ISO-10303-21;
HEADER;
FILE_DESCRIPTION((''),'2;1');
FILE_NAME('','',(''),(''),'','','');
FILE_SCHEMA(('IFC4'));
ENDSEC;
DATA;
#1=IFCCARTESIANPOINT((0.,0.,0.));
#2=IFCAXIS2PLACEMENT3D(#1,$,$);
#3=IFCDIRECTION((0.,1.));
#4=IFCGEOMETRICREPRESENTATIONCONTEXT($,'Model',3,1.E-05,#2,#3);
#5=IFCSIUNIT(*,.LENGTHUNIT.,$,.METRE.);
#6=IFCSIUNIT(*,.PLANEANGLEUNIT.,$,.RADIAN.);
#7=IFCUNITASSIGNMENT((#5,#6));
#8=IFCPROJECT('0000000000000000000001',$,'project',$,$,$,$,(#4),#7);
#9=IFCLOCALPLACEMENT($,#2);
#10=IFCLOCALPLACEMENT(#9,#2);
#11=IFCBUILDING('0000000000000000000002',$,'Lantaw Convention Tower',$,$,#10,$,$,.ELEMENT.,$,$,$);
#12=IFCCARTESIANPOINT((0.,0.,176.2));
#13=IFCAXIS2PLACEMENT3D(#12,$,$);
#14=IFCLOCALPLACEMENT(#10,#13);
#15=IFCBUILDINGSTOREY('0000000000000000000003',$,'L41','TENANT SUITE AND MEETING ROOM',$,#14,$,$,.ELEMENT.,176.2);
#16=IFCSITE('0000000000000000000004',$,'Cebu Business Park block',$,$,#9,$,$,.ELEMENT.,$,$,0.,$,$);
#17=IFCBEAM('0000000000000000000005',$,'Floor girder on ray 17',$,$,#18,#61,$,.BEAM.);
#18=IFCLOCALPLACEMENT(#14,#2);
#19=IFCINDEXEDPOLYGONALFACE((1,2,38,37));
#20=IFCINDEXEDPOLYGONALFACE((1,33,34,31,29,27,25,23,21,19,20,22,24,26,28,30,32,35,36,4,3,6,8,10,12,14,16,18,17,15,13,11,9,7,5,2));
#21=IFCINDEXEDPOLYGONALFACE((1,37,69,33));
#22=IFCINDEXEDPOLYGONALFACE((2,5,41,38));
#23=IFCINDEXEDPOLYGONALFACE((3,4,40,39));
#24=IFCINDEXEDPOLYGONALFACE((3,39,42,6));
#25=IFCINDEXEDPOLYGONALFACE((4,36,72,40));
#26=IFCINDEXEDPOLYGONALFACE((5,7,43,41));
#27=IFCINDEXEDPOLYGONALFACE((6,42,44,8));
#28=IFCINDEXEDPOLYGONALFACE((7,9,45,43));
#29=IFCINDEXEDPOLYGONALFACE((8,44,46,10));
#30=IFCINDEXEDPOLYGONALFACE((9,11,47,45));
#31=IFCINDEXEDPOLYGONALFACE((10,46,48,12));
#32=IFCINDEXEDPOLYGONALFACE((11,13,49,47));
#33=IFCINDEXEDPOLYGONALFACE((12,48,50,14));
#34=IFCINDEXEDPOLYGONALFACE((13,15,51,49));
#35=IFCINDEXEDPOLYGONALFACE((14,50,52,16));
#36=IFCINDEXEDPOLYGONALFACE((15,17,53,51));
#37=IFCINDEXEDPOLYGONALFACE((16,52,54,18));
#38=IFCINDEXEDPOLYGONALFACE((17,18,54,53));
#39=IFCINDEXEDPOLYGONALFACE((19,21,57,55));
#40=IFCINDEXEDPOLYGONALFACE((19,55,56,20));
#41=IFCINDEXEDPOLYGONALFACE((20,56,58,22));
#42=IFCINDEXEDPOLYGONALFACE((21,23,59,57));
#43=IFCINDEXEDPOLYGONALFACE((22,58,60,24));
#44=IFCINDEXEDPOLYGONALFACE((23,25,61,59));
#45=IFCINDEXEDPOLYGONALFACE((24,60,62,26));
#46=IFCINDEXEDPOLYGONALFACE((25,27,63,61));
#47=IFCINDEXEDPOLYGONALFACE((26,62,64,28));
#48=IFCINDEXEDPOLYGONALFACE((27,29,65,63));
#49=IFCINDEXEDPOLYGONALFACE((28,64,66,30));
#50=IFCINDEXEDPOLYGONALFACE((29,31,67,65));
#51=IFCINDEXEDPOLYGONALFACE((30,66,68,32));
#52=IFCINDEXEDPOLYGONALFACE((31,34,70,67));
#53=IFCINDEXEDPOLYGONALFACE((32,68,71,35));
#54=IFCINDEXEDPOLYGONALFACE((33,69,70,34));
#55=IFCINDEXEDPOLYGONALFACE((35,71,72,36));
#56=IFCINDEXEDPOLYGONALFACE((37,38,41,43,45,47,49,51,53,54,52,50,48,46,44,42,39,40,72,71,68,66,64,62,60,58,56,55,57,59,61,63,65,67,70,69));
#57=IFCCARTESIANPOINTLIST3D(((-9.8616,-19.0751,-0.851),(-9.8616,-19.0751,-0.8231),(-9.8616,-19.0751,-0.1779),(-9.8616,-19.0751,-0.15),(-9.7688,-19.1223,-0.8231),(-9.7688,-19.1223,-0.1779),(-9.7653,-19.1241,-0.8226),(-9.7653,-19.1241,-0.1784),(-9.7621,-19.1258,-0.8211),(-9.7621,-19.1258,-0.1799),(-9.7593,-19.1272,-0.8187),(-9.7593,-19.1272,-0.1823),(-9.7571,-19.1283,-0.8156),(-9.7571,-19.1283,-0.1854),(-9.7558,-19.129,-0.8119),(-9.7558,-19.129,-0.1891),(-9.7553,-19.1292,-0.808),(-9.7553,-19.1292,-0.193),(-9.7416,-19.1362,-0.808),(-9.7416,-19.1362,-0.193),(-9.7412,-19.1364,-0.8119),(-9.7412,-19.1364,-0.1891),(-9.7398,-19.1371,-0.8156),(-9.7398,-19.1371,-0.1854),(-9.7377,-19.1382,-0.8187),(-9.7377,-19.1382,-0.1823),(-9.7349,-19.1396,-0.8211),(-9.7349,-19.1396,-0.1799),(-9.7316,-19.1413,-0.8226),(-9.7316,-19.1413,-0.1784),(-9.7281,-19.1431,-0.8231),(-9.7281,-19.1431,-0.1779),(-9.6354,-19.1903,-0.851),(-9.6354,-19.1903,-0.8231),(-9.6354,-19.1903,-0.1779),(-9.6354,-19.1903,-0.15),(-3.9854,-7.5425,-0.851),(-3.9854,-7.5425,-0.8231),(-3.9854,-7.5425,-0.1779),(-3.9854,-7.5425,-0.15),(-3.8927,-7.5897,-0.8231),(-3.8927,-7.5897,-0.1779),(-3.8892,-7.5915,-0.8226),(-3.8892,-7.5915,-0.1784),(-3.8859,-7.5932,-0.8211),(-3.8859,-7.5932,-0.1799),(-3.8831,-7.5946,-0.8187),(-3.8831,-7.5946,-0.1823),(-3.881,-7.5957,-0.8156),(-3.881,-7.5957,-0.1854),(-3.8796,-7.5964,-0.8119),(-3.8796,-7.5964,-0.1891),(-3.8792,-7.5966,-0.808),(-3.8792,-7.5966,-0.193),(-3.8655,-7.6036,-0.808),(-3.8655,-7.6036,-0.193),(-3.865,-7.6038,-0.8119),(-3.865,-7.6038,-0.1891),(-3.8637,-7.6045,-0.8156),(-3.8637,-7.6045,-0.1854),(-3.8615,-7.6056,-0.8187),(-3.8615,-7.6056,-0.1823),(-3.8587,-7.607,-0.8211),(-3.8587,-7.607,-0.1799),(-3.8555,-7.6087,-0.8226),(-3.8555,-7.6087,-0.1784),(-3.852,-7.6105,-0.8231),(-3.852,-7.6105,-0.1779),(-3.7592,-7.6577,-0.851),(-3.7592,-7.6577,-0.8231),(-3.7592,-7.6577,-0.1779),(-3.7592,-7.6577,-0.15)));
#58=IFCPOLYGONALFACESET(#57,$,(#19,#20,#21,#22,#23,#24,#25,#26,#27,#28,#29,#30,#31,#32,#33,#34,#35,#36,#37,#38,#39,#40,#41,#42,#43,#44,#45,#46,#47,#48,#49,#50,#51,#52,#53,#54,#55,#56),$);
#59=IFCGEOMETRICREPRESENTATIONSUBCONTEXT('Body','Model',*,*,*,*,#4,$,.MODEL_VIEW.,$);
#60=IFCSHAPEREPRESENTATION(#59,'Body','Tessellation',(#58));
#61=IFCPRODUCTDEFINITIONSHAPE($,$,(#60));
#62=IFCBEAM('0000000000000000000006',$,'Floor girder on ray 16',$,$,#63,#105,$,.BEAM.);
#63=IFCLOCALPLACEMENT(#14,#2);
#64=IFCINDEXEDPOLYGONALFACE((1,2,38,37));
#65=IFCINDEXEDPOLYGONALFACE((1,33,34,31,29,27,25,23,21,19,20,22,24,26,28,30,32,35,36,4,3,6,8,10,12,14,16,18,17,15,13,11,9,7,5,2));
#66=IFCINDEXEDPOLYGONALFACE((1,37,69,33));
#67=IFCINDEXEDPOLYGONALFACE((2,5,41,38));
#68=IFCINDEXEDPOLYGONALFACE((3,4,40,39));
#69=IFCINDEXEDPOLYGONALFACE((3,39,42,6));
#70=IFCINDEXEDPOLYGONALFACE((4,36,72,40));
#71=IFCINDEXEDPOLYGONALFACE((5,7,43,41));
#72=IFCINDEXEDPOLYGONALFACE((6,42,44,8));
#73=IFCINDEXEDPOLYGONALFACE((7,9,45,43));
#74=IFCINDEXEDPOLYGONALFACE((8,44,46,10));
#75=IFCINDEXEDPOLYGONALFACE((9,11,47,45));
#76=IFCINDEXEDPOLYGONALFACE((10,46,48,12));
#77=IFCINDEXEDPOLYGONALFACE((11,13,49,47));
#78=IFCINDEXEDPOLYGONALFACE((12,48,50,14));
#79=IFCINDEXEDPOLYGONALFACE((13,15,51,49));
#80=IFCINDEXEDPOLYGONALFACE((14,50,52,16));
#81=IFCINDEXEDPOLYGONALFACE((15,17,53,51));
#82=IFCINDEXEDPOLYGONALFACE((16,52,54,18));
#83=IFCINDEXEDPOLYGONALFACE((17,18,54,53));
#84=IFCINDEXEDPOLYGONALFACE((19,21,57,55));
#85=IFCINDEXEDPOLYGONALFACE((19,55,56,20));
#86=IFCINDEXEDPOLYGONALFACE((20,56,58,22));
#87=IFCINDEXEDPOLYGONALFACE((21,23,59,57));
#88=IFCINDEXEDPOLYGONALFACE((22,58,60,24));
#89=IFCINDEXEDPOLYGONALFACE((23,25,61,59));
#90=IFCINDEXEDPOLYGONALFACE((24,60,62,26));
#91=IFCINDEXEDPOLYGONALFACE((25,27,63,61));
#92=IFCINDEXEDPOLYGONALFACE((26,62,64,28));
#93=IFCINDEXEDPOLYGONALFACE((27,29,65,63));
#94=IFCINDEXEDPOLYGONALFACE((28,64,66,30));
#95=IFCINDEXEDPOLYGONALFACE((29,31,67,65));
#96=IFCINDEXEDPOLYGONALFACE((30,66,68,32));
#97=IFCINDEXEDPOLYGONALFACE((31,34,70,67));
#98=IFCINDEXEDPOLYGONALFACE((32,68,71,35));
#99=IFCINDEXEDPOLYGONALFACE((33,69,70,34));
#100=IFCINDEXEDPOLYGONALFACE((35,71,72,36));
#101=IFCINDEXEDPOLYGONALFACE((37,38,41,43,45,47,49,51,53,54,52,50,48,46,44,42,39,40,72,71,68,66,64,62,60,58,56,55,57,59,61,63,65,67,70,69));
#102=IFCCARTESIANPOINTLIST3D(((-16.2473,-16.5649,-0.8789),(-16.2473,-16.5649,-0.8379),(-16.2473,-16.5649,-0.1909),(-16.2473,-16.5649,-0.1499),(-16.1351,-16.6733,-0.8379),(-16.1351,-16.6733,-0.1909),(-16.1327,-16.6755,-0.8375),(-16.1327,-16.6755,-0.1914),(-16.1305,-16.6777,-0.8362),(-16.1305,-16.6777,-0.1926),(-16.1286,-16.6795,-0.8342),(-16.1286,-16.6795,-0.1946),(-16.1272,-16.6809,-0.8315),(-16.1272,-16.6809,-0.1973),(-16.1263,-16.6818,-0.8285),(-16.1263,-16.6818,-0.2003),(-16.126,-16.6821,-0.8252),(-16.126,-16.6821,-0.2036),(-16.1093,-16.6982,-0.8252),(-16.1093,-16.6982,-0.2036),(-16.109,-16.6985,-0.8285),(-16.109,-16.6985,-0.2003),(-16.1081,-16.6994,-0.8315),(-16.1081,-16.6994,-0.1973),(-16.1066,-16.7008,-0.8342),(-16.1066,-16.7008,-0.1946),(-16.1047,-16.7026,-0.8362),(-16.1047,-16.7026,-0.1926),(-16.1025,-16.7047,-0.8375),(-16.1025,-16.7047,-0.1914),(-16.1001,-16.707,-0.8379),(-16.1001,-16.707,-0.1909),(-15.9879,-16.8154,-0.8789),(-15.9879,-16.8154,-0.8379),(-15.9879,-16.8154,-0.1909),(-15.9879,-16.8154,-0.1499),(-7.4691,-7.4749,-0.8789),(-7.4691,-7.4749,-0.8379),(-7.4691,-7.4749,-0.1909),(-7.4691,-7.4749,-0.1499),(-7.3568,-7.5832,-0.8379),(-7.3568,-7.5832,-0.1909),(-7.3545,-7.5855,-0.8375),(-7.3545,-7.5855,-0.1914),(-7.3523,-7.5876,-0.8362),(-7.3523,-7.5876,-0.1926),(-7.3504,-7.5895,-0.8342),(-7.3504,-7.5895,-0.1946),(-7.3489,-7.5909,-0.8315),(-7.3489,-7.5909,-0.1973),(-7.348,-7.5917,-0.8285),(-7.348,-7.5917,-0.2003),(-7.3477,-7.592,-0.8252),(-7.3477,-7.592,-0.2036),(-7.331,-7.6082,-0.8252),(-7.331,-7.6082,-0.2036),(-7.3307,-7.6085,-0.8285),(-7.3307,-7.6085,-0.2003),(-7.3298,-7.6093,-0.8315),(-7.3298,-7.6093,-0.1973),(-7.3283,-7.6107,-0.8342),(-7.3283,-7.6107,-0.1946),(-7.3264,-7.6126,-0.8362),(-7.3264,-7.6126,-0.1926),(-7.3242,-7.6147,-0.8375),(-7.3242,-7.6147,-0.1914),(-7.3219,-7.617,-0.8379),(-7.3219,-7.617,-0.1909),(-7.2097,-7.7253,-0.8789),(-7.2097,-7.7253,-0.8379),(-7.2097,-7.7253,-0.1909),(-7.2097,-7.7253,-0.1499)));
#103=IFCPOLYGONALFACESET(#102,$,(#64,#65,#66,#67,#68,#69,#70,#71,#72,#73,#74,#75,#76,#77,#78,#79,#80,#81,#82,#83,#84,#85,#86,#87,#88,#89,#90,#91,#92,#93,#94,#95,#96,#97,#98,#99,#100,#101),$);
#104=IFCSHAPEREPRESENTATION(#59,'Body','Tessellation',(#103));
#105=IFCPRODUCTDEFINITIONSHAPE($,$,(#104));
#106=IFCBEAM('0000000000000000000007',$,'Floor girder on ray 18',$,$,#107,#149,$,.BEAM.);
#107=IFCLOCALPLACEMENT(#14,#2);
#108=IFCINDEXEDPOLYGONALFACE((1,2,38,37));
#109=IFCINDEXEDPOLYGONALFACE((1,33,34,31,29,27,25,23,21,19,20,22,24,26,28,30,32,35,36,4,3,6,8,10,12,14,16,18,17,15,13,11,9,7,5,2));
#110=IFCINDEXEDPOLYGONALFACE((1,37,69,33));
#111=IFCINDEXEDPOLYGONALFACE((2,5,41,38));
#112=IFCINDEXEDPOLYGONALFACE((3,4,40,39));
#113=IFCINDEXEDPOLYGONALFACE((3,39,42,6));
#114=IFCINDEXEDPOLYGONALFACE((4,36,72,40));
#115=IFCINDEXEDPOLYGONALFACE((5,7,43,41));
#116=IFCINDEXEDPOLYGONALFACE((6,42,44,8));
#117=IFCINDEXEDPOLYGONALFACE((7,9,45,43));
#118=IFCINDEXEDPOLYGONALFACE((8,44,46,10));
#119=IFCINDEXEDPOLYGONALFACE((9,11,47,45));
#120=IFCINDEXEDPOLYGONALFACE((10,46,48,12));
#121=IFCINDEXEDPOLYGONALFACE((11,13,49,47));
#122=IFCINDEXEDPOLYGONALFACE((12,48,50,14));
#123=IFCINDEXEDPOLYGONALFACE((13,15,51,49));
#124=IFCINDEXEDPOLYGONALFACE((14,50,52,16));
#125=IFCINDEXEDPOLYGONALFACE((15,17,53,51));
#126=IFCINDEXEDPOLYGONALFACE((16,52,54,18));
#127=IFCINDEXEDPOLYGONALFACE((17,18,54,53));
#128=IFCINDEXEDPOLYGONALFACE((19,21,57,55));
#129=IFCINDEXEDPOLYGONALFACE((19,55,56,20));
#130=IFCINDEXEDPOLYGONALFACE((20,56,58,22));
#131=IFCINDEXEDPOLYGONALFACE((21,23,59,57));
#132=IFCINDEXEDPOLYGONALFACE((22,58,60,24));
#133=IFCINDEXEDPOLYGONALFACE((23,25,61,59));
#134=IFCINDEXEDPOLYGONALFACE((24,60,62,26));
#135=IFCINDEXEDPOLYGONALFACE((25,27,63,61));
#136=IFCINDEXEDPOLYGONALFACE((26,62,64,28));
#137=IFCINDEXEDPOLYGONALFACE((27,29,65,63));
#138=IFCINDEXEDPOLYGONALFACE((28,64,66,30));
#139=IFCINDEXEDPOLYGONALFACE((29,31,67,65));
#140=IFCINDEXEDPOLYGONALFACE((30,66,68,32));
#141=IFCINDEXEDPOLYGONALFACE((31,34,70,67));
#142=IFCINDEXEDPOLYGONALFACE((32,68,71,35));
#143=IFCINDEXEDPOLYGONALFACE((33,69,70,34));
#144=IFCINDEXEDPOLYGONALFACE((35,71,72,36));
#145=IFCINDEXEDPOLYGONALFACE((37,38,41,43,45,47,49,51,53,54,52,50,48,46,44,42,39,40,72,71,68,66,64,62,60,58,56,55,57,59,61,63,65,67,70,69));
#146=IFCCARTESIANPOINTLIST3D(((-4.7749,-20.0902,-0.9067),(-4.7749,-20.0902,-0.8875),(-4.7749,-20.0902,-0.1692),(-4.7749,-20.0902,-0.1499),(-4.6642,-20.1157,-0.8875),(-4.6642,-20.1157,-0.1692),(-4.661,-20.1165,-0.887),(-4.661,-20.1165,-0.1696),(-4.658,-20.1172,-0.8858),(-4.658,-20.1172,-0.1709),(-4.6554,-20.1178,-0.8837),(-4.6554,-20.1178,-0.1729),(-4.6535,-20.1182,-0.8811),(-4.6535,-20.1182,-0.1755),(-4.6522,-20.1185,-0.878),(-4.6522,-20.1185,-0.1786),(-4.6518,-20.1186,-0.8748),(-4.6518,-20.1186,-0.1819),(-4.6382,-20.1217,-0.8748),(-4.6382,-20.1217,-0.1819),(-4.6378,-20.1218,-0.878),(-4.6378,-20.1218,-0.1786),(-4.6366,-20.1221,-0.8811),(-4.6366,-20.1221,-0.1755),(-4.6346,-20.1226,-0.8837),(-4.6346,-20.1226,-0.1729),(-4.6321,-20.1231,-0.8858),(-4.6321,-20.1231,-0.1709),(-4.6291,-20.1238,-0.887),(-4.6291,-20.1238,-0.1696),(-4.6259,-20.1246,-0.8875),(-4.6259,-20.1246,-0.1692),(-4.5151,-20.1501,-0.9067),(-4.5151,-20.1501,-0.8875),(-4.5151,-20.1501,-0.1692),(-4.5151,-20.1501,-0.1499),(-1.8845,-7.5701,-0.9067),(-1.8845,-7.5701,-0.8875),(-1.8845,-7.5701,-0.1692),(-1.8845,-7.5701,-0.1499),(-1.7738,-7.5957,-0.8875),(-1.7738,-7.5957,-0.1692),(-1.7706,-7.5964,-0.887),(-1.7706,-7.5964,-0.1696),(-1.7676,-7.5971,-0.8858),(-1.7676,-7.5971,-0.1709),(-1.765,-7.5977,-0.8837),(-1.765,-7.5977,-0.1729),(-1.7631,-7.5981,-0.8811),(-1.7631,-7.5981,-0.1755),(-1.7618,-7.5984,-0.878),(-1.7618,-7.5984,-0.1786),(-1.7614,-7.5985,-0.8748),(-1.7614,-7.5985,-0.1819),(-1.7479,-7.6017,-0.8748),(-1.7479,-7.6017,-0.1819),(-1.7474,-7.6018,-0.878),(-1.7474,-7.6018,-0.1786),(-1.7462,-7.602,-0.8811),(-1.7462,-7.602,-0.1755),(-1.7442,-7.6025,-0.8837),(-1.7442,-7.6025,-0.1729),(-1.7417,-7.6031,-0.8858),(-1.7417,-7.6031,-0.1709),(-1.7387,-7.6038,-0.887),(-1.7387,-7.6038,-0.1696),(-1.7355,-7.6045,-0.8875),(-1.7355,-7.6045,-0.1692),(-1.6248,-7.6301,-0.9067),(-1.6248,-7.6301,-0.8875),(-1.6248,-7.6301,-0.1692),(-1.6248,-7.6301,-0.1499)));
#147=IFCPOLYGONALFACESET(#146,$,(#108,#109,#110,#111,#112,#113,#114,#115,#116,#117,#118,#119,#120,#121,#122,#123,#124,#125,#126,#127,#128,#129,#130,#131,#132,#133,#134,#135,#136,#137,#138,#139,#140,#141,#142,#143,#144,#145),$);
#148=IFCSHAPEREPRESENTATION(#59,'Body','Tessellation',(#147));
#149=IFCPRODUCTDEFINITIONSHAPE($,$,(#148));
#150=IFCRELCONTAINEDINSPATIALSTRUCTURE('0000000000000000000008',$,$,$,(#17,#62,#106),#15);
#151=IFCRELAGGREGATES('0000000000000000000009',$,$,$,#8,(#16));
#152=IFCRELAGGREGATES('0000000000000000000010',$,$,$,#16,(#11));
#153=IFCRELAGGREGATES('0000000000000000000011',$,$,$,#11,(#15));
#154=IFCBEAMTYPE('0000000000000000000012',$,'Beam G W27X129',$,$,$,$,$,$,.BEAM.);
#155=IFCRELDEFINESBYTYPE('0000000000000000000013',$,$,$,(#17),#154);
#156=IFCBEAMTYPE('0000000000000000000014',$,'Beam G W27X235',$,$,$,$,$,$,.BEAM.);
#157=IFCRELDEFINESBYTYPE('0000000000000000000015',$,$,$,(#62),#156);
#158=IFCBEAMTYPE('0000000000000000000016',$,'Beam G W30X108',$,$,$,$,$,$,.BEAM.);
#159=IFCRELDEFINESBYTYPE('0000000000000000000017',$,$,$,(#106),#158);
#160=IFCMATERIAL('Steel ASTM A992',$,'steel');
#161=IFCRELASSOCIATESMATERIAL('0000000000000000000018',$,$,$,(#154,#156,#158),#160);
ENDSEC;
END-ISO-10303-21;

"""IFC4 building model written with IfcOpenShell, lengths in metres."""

from ifc_helpers import new_model, si_unit, direction, frame, origin, origin_2d, place, context, subcontext, project, spatial, i_section, extrude, material, material_profile, profile_set, type_object, element, save


model = new_model("IFC4")

# Units and contexts
model_context = context("Model", 3, precision=1e-05, world=origin(), true_north=direction((0.0, 1.0)))
body_context = subcontext(model_context, "Body", "Model", "MODEL_VIEW")
ifc_project = project(units=[si_unit("LENGTHUNIT", "METRE"), si_unit("PLANEANGLEUNIT", "RADIAN")], contexts=[model_context])

# Site, building, storey
site_placement = place(None, origin())
site = spatial("IfcSite", under=ifc_project, at=site_placement, Name="Cebu Business Park block", CompositionType="ELEMENT", RefElevation=0.0)
building_placement = place(site_placement, origin())
building = spatial("IfcBuilding", under=site, at=building_placement, Name="Lantaw Convention Tower", CompositionType="ELEMENT")
storey_placement = place(building_placement, frame((0.0, 0.0, 176.2)))
storey = spatial("IfcBuildingStorey", under=building, at=storey_placement, Name="L41", Description="TENANT SUITE AND MEETING ROOM", CompositionType="ELEMENT", Elevation=176.2)

# Beams
ifc_material_1 = material(Name="Steel ASTM A992", Category="steel")
ifc_material_profile_1 = material_profile(ifc_material_1, i_section(OverallWidth=0.2539, OverallDepth=0.7009, WebThickness=0.0154, FlangeThickness=0.0278, FilletRadius=0.0151, at=origin_2d()), Name="W27X129")
ifc_profile_set_1 = profile_set([ifc_material_profile_1], Name="Steel ASTM A992")
beam_type_1 = type_object("IfcBeamType", Name="Beam G W27X129", PredefinedType="BEAM", material=ifc_profile_set_1)
beam_1_placement = place(storey_placement, frame((-3.8723, -7.6001, -0.5005), z_axis=(-0.453991, -0.891006, 0.0), x_axis=(0.891006, -0.453991, 0.0)))
element("IfcBeam", 1, at=beam_1_placement, inside=storey, type_object=beam_type_1, Name="Floor girder on ray 17", PredefinedType="BEAM", context=body_context, shape_type="SweptSolid", body=[
    extrude(i_section(OverallWidth=0.2539, OverallDepth=0.7009, WebThickness=0.0154, FlangeThickness=0.0278, FilletRadius=0.0151, at=origin_2d()), origin(), (0.0, 0.0, 1.0), 12.9434),
])
ifc_material_profile_2 = material_profile(ifc_material_1, i_section(OverallWidth=0.3606, OverallDepth=0.729, WebThickness=0.0232, FlangeThickness=0.041, FilletRadius=0.0127, at=origin_2d()), Name="W27X235")
ifc_profile_set_2 = profile_set([ifc_material_profile_2], Name="Steel ASTM A992")
beam_type_2 = type_object("IfcBeamType", Name="Beam G W27X235", PredefinedType="BEAM", material=ifc_profile_set_2)
beam_2_placement = place(storey_placement, frame((-7.3394, -7.6001, -0.5144), z_axis=(-0.694663, -0.719335, 0.0), x_axis=(0.719335, -0.694663, 0.0)))
element("IfcBeam", 2, at=beam_2_placement, inside=storey, type_object=beam_type_2, Name="Floor girder on ray 16", PredefinedType="BEAM", context=body_context, shape_type="SweptSolid", body=[
    extrude(i_section(OverallWidth=0.3606, OverallDepth=0.729, WebThickness=0.0232, FlangeThickness=0.041, FilletRadius=0.0127, at=origin_2d()), origin(), (0.0, 0.0, 1.0), 12.6367),
])
ifc_material_profile_3 = material_profile(ifc_material_1, i_section(OverallWidth=0.2666, OverallDepth=0.7568, WebThickness=0.0139, FlangeThickness=0.0193, FilletRadius=0.0127, at=origin_2d()), Name="W30X108")
ifc_profile_set_3 = profile_set([ifc_material_profile_3], Name="Steel ASTM A992")
beam_type_3 = type_object("IfcBeamType", Name="Beam G W30X108", PredefinedType="BEAM", material=ifc_profile_set_3)
beam_3_placement = place(storey_placement, frame((-1.7546, -7.6001, -0.5283), z_axis=(-0.224944, -0.974372, 0.0), x_axis=(0.974372, -0.224944, 0.0)))
element("IfcBeam", 3, at=beam_3_placement, inside=storey, type_object=beam_type_3, Name="Floor girder on ray 18", PredefinedType="BEAM", context=body_context, shape_type="SweptSolid", body=[
    extrude(i_section(OverallWidth=0.2666, OverallDepth=0.7568, WebThickness=0.0139, FlangeThickness=0.0193, FilletRadius=0.0127, at=origin_2d()), origin(), (0.0, 0.0, 1.0), 12.8494),
])

save(model, "model.ifc")
